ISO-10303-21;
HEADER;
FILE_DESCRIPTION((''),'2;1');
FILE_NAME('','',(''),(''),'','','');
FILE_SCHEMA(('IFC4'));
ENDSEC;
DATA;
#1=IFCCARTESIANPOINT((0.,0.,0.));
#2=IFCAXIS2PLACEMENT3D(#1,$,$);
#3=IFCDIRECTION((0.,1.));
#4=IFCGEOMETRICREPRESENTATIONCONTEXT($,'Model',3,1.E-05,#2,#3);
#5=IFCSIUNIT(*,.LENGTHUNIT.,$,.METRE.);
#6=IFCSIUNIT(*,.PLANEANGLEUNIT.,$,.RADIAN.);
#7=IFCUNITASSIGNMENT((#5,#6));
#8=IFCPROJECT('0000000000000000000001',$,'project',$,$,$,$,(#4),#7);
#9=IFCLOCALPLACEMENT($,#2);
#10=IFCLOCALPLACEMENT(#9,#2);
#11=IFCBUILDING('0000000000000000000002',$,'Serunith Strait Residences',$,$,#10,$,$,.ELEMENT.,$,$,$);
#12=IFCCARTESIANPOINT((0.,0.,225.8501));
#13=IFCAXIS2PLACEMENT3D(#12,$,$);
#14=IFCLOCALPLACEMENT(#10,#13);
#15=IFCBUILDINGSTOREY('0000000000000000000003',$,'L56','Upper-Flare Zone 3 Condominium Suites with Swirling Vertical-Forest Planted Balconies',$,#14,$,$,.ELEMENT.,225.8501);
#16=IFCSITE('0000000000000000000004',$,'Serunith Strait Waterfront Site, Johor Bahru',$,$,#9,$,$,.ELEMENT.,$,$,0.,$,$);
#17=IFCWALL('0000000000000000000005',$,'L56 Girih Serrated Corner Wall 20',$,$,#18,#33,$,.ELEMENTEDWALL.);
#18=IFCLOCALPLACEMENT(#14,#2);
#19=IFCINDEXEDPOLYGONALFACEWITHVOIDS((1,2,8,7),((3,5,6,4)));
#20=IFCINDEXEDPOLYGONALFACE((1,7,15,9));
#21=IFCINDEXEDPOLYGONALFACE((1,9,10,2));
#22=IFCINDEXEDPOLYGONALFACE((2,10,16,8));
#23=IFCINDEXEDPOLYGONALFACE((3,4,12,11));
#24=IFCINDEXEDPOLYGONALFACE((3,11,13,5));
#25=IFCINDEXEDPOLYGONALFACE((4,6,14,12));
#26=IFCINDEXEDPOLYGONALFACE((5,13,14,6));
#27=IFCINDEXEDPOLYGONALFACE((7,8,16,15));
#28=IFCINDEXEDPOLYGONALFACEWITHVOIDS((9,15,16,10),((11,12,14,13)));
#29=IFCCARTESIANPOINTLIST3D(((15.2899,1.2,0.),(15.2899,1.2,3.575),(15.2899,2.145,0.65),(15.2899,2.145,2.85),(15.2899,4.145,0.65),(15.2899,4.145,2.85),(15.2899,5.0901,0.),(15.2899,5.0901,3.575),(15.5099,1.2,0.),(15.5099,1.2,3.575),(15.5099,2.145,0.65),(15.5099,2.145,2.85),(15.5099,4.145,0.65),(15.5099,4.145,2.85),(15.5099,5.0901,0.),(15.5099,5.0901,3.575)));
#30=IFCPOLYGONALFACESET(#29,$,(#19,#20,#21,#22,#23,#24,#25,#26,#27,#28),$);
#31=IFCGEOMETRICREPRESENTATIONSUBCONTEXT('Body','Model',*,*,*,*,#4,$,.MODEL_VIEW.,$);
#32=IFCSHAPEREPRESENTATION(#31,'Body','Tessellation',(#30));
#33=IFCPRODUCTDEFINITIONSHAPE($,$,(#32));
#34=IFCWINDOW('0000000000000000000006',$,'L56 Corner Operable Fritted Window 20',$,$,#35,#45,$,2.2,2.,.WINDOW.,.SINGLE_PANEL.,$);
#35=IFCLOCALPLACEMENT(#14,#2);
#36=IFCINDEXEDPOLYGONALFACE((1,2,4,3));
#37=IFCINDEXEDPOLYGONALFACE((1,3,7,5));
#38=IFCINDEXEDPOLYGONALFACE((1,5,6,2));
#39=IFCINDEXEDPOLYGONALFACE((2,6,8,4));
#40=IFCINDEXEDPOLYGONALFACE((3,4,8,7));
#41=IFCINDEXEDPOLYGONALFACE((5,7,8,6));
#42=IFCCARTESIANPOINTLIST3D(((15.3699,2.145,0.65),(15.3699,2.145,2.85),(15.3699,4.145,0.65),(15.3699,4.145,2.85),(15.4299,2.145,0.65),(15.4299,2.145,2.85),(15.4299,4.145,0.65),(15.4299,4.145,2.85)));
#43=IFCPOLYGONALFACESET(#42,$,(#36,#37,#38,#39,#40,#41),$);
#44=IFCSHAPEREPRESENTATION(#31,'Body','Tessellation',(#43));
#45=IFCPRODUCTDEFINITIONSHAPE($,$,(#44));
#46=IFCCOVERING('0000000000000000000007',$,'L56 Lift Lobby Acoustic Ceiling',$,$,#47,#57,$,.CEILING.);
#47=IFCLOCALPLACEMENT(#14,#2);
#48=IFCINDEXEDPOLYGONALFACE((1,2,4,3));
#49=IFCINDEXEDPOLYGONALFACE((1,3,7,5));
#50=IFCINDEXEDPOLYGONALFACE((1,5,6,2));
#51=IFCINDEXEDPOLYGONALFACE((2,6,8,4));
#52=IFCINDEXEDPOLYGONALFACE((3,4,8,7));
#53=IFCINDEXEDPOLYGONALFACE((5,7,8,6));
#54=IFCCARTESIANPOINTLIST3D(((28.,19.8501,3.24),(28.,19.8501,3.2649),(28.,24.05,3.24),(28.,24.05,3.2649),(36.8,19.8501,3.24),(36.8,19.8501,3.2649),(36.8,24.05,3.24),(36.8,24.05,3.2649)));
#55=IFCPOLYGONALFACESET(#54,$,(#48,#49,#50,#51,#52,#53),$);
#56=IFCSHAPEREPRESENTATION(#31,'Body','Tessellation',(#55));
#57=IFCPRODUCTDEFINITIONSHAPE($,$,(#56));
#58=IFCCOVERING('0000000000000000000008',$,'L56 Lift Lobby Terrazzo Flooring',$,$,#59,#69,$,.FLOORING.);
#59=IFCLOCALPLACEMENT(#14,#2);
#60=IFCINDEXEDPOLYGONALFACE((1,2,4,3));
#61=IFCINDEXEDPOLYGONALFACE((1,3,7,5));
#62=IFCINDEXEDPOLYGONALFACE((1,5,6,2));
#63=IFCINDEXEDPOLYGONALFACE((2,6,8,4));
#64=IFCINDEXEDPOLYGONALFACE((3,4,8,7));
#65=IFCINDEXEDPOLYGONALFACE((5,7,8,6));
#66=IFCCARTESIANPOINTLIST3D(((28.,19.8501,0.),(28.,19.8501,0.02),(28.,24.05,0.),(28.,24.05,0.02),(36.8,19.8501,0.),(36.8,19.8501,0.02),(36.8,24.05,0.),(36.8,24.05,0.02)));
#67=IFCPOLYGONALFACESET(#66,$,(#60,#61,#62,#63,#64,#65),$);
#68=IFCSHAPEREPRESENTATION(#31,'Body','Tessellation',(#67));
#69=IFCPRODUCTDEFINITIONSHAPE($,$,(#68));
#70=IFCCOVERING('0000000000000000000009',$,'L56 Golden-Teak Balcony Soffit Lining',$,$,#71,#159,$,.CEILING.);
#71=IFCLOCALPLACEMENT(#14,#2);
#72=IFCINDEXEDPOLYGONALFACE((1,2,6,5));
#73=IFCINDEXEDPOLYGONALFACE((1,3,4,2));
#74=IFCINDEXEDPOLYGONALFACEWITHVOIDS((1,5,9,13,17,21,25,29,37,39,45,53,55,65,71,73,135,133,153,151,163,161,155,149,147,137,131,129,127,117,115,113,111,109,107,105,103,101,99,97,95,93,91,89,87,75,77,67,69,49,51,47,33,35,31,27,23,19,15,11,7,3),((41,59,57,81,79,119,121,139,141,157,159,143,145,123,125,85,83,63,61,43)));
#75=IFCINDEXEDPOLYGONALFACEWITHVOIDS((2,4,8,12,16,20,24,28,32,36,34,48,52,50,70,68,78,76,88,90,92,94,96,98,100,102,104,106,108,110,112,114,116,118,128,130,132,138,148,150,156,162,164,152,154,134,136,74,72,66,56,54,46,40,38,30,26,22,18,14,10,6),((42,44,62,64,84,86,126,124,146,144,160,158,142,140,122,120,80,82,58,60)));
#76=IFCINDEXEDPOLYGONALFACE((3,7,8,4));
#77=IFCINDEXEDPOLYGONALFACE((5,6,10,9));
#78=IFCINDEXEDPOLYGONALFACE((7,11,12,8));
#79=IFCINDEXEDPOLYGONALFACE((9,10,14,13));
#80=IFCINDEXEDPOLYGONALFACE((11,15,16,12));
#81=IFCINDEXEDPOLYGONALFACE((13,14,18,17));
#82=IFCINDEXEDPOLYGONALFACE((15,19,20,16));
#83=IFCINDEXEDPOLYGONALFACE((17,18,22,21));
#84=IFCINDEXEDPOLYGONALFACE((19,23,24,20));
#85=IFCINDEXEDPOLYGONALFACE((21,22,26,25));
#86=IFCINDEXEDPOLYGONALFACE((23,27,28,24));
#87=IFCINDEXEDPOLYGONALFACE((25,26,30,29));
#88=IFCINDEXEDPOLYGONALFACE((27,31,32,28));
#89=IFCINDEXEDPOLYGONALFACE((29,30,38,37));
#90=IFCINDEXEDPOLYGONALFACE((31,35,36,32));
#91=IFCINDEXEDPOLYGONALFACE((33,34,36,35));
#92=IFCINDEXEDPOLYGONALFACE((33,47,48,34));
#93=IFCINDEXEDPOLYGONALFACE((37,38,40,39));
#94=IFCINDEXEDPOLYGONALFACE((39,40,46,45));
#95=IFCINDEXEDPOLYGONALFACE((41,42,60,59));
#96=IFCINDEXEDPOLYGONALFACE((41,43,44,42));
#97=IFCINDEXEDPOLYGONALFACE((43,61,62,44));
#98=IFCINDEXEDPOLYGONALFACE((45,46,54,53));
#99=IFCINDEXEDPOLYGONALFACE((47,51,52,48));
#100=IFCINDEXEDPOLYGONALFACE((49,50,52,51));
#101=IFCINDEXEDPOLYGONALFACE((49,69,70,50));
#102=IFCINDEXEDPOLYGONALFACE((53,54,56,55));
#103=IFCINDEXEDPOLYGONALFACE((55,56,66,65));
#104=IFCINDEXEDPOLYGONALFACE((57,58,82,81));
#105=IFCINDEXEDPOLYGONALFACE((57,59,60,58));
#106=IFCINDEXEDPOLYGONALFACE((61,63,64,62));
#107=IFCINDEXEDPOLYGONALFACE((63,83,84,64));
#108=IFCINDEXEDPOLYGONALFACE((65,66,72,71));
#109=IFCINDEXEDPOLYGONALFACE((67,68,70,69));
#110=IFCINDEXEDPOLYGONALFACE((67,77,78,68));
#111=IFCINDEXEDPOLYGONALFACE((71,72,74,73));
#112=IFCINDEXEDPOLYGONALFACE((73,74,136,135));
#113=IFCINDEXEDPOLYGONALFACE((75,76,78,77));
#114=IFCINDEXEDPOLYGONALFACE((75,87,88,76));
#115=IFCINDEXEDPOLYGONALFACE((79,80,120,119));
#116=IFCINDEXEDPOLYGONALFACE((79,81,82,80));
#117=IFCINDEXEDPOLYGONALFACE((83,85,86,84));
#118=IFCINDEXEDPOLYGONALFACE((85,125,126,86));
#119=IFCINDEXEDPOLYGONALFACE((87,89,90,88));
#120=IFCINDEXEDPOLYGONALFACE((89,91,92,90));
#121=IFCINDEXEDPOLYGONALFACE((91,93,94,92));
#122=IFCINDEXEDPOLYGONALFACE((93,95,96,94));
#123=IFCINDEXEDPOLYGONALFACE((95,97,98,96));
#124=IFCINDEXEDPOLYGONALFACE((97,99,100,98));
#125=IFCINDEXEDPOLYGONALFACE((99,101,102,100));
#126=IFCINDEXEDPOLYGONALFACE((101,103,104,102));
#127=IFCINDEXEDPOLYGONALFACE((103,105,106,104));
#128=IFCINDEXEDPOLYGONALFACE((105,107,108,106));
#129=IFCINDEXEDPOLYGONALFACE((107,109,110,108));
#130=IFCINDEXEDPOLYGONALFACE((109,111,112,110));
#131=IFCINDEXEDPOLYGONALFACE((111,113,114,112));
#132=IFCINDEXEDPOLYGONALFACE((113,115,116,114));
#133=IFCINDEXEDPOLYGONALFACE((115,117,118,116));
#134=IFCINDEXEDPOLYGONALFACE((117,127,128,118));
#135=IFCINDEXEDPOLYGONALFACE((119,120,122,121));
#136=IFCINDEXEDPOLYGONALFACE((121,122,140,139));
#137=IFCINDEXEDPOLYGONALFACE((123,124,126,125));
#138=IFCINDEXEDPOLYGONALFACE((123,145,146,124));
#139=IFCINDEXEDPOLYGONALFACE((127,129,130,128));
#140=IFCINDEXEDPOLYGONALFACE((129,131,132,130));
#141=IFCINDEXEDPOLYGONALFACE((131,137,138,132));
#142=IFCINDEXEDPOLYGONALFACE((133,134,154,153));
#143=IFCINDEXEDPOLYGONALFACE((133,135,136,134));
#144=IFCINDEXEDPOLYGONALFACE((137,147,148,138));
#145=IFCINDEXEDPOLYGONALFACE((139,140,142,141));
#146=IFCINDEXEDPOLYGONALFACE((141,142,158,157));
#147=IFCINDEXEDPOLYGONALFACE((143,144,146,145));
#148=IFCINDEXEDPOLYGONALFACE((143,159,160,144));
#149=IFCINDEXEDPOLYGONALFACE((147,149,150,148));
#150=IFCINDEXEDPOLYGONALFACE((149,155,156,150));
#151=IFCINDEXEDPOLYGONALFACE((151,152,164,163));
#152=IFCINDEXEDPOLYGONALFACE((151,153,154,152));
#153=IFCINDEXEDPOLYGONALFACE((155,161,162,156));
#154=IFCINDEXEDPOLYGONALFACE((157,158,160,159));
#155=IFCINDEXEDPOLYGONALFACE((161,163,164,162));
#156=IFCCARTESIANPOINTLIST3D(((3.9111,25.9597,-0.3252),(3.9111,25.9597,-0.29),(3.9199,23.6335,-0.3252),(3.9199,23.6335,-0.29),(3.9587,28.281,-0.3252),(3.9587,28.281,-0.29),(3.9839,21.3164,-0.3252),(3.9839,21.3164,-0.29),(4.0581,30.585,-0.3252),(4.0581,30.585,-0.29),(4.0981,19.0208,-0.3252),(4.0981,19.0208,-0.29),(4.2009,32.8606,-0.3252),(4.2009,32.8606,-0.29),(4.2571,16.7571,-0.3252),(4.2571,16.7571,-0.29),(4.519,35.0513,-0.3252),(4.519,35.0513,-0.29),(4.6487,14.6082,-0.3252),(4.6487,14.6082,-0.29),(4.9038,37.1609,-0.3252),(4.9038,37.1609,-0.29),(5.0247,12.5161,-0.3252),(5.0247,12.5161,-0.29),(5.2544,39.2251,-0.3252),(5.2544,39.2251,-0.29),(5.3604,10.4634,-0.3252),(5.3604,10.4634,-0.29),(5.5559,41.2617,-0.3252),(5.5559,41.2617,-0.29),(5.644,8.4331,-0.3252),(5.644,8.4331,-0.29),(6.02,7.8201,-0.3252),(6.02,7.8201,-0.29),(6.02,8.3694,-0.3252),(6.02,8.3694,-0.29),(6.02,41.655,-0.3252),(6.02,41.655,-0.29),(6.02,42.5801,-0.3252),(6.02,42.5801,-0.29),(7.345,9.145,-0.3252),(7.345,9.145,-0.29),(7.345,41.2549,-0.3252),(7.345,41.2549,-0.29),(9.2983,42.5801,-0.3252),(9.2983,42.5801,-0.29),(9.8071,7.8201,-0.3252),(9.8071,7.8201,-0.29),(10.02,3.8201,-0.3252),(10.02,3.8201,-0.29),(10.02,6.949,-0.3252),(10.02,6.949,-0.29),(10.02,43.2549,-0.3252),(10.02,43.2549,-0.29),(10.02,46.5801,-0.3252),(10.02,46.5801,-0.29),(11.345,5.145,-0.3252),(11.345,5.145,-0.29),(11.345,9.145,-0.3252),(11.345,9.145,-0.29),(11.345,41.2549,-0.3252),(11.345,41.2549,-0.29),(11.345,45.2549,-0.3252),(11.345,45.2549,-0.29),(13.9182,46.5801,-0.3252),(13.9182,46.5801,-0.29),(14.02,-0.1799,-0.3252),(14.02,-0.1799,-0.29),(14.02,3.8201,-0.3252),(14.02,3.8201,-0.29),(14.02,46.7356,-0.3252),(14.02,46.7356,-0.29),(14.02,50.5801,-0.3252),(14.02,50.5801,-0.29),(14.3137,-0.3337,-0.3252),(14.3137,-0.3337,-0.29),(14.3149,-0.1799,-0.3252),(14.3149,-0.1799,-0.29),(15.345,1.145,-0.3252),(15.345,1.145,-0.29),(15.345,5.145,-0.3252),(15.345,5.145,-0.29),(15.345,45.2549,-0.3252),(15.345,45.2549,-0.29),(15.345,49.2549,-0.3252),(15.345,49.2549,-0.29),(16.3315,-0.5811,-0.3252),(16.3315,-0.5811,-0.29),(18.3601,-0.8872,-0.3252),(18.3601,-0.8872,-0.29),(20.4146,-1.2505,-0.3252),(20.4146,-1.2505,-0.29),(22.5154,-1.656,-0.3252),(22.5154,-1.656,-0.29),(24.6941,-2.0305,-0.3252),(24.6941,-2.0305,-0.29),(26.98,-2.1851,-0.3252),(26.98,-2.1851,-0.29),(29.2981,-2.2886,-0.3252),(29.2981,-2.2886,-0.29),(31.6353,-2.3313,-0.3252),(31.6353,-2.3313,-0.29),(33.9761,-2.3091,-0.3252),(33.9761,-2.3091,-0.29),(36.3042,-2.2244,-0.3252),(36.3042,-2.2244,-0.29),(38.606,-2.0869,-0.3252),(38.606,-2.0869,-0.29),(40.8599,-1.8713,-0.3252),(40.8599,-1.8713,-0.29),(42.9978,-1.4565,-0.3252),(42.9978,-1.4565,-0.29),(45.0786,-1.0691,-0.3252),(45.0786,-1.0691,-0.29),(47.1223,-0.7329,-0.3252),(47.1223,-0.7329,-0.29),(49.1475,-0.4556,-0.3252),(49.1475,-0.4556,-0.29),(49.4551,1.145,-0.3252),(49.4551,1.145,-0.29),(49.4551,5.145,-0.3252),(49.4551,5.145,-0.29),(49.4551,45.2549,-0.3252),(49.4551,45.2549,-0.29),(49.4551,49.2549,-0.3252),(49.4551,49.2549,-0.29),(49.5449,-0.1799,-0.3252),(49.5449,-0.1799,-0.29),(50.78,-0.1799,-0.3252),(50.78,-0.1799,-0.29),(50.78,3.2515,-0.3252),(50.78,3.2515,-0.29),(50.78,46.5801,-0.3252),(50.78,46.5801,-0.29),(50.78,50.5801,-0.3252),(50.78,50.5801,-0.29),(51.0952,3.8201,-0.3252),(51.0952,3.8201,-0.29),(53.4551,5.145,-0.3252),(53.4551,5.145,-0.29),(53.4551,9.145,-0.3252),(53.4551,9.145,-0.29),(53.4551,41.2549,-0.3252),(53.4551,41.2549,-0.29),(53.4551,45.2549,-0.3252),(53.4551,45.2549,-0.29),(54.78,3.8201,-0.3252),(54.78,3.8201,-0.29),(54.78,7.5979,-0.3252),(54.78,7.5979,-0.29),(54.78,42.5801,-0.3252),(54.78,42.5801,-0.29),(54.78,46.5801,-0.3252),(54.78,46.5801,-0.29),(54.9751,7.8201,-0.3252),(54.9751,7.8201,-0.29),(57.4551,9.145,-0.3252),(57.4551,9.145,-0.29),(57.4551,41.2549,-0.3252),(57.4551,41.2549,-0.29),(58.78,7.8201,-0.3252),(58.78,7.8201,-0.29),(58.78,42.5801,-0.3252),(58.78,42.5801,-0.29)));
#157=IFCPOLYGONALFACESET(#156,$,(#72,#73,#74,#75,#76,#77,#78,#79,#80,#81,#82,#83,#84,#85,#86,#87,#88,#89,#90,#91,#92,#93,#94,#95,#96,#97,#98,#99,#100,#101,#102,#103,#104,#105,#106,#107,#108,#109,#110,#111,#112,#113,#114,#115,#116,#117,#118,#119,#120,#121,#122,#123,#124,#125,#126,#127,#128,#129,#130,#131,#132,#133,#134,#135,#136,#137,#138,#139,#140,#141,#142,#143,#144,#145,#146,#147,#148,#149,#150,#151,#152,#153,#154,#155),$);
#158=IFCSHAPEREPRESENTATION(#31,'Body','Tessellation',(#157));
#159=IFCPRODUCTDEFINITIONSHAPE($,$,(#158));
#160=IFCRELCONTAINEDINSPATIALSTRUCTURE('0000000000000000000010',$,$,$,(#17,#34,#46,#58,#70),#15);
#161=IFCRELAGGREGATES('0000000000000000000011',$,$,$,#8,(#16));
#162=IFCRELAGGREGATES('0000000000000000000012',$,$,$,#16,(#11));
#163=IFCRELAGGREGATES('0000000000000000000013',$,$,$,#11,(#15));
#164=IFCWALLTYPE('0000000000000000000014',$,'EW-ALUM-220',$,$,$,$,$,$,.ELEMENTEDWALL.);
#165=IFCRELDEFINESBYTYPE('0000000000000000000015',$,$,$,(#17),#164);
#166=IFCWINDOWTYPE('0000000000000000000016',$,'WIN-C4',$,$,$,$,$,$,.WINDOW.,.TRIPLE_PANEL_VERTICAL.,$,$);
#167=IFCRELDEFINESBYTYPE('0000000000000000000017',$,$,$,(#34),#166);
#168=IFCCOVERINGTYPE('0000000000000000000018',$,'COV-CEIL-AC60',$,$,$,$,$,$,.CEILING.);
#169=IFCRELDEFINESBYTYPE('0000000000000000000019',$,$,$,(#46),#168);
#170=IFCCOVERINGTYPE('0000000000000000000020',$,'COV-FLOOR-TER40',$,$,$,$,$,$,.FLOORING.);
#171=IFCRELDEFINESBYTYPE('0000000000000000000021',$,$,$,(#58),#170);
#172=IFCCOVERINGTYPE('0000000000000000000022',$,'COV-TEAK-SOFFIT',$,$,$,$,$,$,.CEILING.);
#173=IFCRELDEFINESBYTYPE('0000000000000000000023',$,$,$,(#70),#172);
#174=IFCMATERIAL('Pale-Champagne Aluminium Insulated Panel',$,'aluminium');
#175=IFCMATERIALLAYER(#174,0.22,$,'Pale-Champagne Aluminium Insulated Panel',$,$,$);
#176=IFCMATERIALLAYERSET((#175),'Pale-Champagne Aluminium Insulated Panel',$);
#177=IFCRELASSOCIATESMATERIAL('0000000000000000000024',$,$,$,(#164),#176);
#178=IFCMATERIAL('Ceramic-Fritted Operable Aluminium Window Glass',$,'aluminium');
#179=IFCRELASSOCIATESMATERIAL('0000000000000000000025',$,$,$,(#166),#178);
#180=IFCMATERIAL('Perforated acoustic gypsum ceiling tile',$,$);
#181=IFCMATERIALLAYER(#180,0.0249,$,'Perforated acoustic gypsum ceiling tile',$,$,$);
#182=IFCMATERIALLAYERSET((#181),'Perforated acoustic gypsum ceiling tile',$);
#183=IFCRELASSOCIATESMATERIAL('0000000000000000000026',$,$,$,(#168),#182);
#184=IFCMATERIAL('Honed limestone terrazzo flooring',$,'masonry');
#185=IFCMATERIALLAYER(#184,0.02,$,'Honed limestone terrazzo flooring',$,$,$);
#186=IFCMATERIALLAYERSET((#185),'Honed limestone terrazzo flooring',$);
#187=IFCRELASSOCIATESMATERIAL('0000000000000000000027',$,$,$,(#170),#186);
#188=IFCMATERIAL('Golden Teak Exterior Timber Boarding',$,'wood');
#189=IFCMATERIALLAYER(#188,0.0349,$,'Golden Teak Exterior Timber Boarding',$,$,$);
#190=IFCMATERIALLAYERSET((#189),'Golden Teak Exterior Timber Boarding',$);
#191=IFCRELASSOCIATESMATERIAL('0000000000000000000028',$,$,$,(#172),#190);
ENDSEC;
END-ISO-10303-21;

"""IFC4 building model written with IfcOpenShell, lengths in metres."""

from ifc_helpers import new_model, si_unit, direction, frame, frame_2d, origin, place, context, subcontext, project, spatial, polyline, rectangle, outline, extrude, source, transform, mapped, material, layer, layer_set, type_object, element, fill, save


model = new_model("IFC4")

# Units and contexts
model_context = context("Model", 3, precision=1e-05, world=origin(), true_north=direction((0.0, 1.0)))
body_context = subcontext(model_context, "Body", "Model", "MODEL_VIEW")
ifc_project = project(units=[si_unit("LENGTHUNIT", "METRE"), si_unit("PLANEANGLEUNIT", "RADIAN")], contexts=[model_context])

# Site, building, storey
site_placement = place(None, origin())
site = spatial("IfcSite", under=ifc_project, at=site_placement, Name="Serunith Strait Waterfront Site, Johor Bahru", CompositionType="ELEMENT", RefElevation=0.0)
building_placement = place(site_placement, origin())
building = spatial("IfcBuilding", under=site, at=building_placement, Name="Serunith Strait Residences", CompositionType="ELEMENT")
storey_placement = place(building_placement, frame((0.0, 0.0, 225.8501)))
storey = spatial("IfcBuildingStorey", under=building, at=storey_placement, Name="L56", Description="Upper-Flare Zone 3 Condominium Suites with Swirling Vertical-Forest Planted Balconies", CompositionType="ELEMENT", Elevation=225.8501)

# Wall, opening, window
ifc_material_1 = material(Name="Pale-Champagne Aluminium Insulated Panel", Category="aluminium")
ifc_layer_1 = layer(ifc_material_1, 0.22, Name="Pale-Champagne Aluminium Insulated Panel")
ifc_layer_set_1 = layer_set([ifc_layer_1], Name="Pale-Champagne Aluminium Insulated Panel")
wall_type = type_object("IfcWallType", Name="EW-ALUM-220", PredefinedType="ELEMENTEDWALL", material=ifc_layer_set_1)
ifc_material_2 = material(Name="Ceramic-Fritted Operable Aluminium Window Glass", Category="aluminium")
window_type = type_object("IfcWindowType", Name="WIN-C4", PartitioningType="TRIPLE_PANEL_VERTICAL", PredefinedType="WINDOW", material=ifc_material_2)
shared_shape_1 = source(origin(), body_context, "Body", "SweptSolid", [
    extrude(rectangle(XDim=2.0, YDim=2.2, at=frame_2d((1.0, 1.1001))), frame((0.0, 0.03, 0.0), z_axis=(0.0, -1.0, 0.0), x_axis=(1.0, 0.0, 0.0)), (0.0, 0.0, 1.0), 0.0601),
])
wall_1_placement = place(storey_placement, frame((15.3999, 5.0901, 0.0), z_axis=(0.0, 0.0, 1.0), x_axis=(0.0, -1.0, 0.0)))
wall_1 = element("IfcWall", 1, at=wall_1_placement, inside=storey, type_object=wall_type, Name="L56 Girih Serrated Corner Wall 20", PredefinedType="ELEMENTEDWALL", context=body_context, shape_type="SweptSolid", body=[
    extrude(rectangle(XDim=3.8901, YDim=0.22, at=frame_2d((1.9451, 0.0))), origin(), (0.0, 0.0, 1.0), 3.575),
])
opening_1_placement = place(wall_1_placement, frame((0.9451, 0.0, 0.6499)))
opening_1 = element("IfcOpeningElement", 2, at=opening_1_placement, cuts=wall_1, PredefinedType="OPENING", context=body_context, shape_type="SweptSolid", body=[
    extrude(rectangle(XDim=2.0, YDim=2.2, at=frame_2d((1.0, 1.1001))), frame((0.0, 0.1201, 0.0), z_axis=(0.0, -1.0, 0.0), x_axis=(1.0, 0.0, 0.0)), (0.0, 0.0, 1.0), 0.24),
])
window_1_placement = place(opening_1_placement, origin())
window_1 = element("IfcWindow", 3, at=window_1_placement, inside=storey, type_object=window_type, Name="L56 Corner Operable Fritted Window 20", OverallHeight=2.2, OverallWidth=2.0, PartitioningType="SINGLE_PANEL", PredefinedType="WINDOW", context=body_context, shape_type="MappedRepresentation", body=[
    mapped(shared_shape_1, transform((0.0, 0.0, 0.0), scale=1.0)),
])
fill(opening_1, window_1)

# Coverings
ifc_material_3 = material(Name="Perforated acoustic gypsum ceiling tile")
ifc_layer_2 = layer(ifc_material_3, 0.0249, Name="Perforated acoustic gypsum ceiling tile")
ifc_layer_set_2 = layer_set([ifc_layer_2], Name="Perforated acoustic gypsum ceiling tile")
covering_type_1 = type_object("IfcCoveringType", Name="COV-CEIL-AC60", PredefinedType="CEILING", material=ifc_layer_set_2)
covering_1_placement = place(storey_placement, frame((0.0, 0.0, 3.24)))
element("IfcCovering", 4, at=covering_1_placement, inside=storey, type_object=covering_type_1, Name="L56 Lift Lobby Acoustic Ceiling", PredefinedType="CEILING", context=body_context, shape_type="SweptSolid", body=[
    extrude(outline(polyline([(28.0, 19.8501), (36.8, 19.8501), (36.8, 24.05), (28.0, 24.05), (28.0, 19.8501)])), origin(), (0.0, 0.0, 1.0), 0.0249),
])
ifc_material_4 = material(Name="Honed limestone terrazzo flooring", Category="masonry")
ifc_layer_3 = layer(ifc_material_4, 0.02, Name="Honed limestone terrazzo flooring")
ifc_layer_set_3 = layer_set([ifc_layer_3], Name="Honed limestone terrazzo flooring")
covering_type_2 = type_object("IfcCoveringType", Name="COV-FLOOR-TER40", PredefinedType="FLOORING", material=ifc_layer_set_3)
covering_2_placement = place(storey_placement, origin())
element("IfcCovering", 5, at=covering_2_placement, inside=storey, type_object=covering_type_2, Name="L56 Lift Lobby Terrazzo Flooring", PredefinedType="FLOORING", context=body_context, shape_type="SweptSolid", body=[
    extrude(outline(polyline([(28.0, 19.8501), (36.8, 19.8501), (36.8, 24.05), (28.0, 24.05), (28.0, 19.8501)])), origin(), (0.0, 0.0, 1.0), 0.02),
])
ifc_material_5 = material(Name="Golden Teak Exterior Timber Boarding", Category="wood")
ifc_layer_4 = layer(ifc_material_5, 0.0349, Name="Golden Teak Exterior Timber Boarding")
ifc_layer_set_4 = layer_set([ifc_layer_4], Name="Golden Teak Exterior Timber Boarding")
covering_type_3 = type_object("IfcCoveringType", Name="COV-TEAK-SOFFIT", PredefinedType="CEILING", material=ifc_layer_set_4)
covering_3_placement = place(storey_placement, frame((0.0, 0.0, -0.3252)))
element("IfcCovering", 6, at=covering_3_placement, inside=storey, type_object=covering_type_3, Name="L56 Golden-Teak Balcony Soffit Lining", PredefinedType="CEILING", context=body_context, shape_type="SweptSolid", body=[
    extrude(outline(polyline([(14.02, -0.1799), (14.02, 3.8201), (10.02, 3.8201), (10.02, 6.949), (9.8071, 7.8201), (6.02, 7.8201), (6.02, 8.3694), (5.644, 8.4331), (5.3604, 10.4634), (5.0247, 12.5161), (4.6487, 14.6082), (4.2571, 16.7571), (4.0981, 19.0208), (3.9839, 21.3164), (3.9199, 23.6335), (3.9111, 25.9597), (3.9587, 28.281), (4.0581, 30.585), (4.2009, 32.8606), (4.519, 35.0513), (4.9038, 37.1609), (5.2544, 39.2251), (5.5559, 41.2617), (6.02, 41.655), (6.02, 42.5801), (9.2983, 42.5801), (10.02, 43.2549), (10.02, 46.5801), (13.9182, 46.5801), (14.02, 46.7356), (14.02, 50.5801), (50.78, 50.5801), (50.78, 46.5801), (54.78, 46.5801), (54.78, 42.5801), (58.78, 42.5801), (58.78, 7.8201), (54.9751, 7.8201), (54.78, 7.5979), (54.78, 3.8201), (51.0952, 3.8201), (50.78, 3.2515), (50.78, -0.1799), (49.5449, -0.1799), (49.1475, -0.4556), (47.1223, -0.7329), (45.0786, -1.0691), (42.9978, -1.4565), (40.8599, -1.8713), (38.606, -2.0869), (36.3042, -2.2244), (33.9761, -2.3091), (31.6353, -2.3313), (29.2981, -2.2886), (26.98, -2.1851), (24.6941, -2.0305), (22.5154, -1.656), (20.4146, -1.2505), (18.3601, -0.8872), (16.3315, -0.5811), (14.3137, -0.3337), (14.3149, -0.1799), (14.02, -0.1799)]), holes=[polyline([(49.4551, 1.145), (49.4551, 5.145), (53.4551, 5.145), (53.4551, 9.145), (57.4551, 9.145), (57.4551, 41.2549), (53.4551, 41.2549), (53.4551, 45.2549), (49.4551, 45.2549), (49.4551, 49.2549), (15.345, 49.2549), (15.345, 45.2549), (11.345, 45.2549), (11.345, 41.2549), (7.345, 41.2549), (7.345, 9.145), (11.345, 9.145), (11.345, 5.145), (15.345, 5.145), (15.345, 1.145), (49.4551, 1.145)])]), origin(), (0.0, 0.0, 1.0), 0.0352),
])

save(model, "model.ifc")
